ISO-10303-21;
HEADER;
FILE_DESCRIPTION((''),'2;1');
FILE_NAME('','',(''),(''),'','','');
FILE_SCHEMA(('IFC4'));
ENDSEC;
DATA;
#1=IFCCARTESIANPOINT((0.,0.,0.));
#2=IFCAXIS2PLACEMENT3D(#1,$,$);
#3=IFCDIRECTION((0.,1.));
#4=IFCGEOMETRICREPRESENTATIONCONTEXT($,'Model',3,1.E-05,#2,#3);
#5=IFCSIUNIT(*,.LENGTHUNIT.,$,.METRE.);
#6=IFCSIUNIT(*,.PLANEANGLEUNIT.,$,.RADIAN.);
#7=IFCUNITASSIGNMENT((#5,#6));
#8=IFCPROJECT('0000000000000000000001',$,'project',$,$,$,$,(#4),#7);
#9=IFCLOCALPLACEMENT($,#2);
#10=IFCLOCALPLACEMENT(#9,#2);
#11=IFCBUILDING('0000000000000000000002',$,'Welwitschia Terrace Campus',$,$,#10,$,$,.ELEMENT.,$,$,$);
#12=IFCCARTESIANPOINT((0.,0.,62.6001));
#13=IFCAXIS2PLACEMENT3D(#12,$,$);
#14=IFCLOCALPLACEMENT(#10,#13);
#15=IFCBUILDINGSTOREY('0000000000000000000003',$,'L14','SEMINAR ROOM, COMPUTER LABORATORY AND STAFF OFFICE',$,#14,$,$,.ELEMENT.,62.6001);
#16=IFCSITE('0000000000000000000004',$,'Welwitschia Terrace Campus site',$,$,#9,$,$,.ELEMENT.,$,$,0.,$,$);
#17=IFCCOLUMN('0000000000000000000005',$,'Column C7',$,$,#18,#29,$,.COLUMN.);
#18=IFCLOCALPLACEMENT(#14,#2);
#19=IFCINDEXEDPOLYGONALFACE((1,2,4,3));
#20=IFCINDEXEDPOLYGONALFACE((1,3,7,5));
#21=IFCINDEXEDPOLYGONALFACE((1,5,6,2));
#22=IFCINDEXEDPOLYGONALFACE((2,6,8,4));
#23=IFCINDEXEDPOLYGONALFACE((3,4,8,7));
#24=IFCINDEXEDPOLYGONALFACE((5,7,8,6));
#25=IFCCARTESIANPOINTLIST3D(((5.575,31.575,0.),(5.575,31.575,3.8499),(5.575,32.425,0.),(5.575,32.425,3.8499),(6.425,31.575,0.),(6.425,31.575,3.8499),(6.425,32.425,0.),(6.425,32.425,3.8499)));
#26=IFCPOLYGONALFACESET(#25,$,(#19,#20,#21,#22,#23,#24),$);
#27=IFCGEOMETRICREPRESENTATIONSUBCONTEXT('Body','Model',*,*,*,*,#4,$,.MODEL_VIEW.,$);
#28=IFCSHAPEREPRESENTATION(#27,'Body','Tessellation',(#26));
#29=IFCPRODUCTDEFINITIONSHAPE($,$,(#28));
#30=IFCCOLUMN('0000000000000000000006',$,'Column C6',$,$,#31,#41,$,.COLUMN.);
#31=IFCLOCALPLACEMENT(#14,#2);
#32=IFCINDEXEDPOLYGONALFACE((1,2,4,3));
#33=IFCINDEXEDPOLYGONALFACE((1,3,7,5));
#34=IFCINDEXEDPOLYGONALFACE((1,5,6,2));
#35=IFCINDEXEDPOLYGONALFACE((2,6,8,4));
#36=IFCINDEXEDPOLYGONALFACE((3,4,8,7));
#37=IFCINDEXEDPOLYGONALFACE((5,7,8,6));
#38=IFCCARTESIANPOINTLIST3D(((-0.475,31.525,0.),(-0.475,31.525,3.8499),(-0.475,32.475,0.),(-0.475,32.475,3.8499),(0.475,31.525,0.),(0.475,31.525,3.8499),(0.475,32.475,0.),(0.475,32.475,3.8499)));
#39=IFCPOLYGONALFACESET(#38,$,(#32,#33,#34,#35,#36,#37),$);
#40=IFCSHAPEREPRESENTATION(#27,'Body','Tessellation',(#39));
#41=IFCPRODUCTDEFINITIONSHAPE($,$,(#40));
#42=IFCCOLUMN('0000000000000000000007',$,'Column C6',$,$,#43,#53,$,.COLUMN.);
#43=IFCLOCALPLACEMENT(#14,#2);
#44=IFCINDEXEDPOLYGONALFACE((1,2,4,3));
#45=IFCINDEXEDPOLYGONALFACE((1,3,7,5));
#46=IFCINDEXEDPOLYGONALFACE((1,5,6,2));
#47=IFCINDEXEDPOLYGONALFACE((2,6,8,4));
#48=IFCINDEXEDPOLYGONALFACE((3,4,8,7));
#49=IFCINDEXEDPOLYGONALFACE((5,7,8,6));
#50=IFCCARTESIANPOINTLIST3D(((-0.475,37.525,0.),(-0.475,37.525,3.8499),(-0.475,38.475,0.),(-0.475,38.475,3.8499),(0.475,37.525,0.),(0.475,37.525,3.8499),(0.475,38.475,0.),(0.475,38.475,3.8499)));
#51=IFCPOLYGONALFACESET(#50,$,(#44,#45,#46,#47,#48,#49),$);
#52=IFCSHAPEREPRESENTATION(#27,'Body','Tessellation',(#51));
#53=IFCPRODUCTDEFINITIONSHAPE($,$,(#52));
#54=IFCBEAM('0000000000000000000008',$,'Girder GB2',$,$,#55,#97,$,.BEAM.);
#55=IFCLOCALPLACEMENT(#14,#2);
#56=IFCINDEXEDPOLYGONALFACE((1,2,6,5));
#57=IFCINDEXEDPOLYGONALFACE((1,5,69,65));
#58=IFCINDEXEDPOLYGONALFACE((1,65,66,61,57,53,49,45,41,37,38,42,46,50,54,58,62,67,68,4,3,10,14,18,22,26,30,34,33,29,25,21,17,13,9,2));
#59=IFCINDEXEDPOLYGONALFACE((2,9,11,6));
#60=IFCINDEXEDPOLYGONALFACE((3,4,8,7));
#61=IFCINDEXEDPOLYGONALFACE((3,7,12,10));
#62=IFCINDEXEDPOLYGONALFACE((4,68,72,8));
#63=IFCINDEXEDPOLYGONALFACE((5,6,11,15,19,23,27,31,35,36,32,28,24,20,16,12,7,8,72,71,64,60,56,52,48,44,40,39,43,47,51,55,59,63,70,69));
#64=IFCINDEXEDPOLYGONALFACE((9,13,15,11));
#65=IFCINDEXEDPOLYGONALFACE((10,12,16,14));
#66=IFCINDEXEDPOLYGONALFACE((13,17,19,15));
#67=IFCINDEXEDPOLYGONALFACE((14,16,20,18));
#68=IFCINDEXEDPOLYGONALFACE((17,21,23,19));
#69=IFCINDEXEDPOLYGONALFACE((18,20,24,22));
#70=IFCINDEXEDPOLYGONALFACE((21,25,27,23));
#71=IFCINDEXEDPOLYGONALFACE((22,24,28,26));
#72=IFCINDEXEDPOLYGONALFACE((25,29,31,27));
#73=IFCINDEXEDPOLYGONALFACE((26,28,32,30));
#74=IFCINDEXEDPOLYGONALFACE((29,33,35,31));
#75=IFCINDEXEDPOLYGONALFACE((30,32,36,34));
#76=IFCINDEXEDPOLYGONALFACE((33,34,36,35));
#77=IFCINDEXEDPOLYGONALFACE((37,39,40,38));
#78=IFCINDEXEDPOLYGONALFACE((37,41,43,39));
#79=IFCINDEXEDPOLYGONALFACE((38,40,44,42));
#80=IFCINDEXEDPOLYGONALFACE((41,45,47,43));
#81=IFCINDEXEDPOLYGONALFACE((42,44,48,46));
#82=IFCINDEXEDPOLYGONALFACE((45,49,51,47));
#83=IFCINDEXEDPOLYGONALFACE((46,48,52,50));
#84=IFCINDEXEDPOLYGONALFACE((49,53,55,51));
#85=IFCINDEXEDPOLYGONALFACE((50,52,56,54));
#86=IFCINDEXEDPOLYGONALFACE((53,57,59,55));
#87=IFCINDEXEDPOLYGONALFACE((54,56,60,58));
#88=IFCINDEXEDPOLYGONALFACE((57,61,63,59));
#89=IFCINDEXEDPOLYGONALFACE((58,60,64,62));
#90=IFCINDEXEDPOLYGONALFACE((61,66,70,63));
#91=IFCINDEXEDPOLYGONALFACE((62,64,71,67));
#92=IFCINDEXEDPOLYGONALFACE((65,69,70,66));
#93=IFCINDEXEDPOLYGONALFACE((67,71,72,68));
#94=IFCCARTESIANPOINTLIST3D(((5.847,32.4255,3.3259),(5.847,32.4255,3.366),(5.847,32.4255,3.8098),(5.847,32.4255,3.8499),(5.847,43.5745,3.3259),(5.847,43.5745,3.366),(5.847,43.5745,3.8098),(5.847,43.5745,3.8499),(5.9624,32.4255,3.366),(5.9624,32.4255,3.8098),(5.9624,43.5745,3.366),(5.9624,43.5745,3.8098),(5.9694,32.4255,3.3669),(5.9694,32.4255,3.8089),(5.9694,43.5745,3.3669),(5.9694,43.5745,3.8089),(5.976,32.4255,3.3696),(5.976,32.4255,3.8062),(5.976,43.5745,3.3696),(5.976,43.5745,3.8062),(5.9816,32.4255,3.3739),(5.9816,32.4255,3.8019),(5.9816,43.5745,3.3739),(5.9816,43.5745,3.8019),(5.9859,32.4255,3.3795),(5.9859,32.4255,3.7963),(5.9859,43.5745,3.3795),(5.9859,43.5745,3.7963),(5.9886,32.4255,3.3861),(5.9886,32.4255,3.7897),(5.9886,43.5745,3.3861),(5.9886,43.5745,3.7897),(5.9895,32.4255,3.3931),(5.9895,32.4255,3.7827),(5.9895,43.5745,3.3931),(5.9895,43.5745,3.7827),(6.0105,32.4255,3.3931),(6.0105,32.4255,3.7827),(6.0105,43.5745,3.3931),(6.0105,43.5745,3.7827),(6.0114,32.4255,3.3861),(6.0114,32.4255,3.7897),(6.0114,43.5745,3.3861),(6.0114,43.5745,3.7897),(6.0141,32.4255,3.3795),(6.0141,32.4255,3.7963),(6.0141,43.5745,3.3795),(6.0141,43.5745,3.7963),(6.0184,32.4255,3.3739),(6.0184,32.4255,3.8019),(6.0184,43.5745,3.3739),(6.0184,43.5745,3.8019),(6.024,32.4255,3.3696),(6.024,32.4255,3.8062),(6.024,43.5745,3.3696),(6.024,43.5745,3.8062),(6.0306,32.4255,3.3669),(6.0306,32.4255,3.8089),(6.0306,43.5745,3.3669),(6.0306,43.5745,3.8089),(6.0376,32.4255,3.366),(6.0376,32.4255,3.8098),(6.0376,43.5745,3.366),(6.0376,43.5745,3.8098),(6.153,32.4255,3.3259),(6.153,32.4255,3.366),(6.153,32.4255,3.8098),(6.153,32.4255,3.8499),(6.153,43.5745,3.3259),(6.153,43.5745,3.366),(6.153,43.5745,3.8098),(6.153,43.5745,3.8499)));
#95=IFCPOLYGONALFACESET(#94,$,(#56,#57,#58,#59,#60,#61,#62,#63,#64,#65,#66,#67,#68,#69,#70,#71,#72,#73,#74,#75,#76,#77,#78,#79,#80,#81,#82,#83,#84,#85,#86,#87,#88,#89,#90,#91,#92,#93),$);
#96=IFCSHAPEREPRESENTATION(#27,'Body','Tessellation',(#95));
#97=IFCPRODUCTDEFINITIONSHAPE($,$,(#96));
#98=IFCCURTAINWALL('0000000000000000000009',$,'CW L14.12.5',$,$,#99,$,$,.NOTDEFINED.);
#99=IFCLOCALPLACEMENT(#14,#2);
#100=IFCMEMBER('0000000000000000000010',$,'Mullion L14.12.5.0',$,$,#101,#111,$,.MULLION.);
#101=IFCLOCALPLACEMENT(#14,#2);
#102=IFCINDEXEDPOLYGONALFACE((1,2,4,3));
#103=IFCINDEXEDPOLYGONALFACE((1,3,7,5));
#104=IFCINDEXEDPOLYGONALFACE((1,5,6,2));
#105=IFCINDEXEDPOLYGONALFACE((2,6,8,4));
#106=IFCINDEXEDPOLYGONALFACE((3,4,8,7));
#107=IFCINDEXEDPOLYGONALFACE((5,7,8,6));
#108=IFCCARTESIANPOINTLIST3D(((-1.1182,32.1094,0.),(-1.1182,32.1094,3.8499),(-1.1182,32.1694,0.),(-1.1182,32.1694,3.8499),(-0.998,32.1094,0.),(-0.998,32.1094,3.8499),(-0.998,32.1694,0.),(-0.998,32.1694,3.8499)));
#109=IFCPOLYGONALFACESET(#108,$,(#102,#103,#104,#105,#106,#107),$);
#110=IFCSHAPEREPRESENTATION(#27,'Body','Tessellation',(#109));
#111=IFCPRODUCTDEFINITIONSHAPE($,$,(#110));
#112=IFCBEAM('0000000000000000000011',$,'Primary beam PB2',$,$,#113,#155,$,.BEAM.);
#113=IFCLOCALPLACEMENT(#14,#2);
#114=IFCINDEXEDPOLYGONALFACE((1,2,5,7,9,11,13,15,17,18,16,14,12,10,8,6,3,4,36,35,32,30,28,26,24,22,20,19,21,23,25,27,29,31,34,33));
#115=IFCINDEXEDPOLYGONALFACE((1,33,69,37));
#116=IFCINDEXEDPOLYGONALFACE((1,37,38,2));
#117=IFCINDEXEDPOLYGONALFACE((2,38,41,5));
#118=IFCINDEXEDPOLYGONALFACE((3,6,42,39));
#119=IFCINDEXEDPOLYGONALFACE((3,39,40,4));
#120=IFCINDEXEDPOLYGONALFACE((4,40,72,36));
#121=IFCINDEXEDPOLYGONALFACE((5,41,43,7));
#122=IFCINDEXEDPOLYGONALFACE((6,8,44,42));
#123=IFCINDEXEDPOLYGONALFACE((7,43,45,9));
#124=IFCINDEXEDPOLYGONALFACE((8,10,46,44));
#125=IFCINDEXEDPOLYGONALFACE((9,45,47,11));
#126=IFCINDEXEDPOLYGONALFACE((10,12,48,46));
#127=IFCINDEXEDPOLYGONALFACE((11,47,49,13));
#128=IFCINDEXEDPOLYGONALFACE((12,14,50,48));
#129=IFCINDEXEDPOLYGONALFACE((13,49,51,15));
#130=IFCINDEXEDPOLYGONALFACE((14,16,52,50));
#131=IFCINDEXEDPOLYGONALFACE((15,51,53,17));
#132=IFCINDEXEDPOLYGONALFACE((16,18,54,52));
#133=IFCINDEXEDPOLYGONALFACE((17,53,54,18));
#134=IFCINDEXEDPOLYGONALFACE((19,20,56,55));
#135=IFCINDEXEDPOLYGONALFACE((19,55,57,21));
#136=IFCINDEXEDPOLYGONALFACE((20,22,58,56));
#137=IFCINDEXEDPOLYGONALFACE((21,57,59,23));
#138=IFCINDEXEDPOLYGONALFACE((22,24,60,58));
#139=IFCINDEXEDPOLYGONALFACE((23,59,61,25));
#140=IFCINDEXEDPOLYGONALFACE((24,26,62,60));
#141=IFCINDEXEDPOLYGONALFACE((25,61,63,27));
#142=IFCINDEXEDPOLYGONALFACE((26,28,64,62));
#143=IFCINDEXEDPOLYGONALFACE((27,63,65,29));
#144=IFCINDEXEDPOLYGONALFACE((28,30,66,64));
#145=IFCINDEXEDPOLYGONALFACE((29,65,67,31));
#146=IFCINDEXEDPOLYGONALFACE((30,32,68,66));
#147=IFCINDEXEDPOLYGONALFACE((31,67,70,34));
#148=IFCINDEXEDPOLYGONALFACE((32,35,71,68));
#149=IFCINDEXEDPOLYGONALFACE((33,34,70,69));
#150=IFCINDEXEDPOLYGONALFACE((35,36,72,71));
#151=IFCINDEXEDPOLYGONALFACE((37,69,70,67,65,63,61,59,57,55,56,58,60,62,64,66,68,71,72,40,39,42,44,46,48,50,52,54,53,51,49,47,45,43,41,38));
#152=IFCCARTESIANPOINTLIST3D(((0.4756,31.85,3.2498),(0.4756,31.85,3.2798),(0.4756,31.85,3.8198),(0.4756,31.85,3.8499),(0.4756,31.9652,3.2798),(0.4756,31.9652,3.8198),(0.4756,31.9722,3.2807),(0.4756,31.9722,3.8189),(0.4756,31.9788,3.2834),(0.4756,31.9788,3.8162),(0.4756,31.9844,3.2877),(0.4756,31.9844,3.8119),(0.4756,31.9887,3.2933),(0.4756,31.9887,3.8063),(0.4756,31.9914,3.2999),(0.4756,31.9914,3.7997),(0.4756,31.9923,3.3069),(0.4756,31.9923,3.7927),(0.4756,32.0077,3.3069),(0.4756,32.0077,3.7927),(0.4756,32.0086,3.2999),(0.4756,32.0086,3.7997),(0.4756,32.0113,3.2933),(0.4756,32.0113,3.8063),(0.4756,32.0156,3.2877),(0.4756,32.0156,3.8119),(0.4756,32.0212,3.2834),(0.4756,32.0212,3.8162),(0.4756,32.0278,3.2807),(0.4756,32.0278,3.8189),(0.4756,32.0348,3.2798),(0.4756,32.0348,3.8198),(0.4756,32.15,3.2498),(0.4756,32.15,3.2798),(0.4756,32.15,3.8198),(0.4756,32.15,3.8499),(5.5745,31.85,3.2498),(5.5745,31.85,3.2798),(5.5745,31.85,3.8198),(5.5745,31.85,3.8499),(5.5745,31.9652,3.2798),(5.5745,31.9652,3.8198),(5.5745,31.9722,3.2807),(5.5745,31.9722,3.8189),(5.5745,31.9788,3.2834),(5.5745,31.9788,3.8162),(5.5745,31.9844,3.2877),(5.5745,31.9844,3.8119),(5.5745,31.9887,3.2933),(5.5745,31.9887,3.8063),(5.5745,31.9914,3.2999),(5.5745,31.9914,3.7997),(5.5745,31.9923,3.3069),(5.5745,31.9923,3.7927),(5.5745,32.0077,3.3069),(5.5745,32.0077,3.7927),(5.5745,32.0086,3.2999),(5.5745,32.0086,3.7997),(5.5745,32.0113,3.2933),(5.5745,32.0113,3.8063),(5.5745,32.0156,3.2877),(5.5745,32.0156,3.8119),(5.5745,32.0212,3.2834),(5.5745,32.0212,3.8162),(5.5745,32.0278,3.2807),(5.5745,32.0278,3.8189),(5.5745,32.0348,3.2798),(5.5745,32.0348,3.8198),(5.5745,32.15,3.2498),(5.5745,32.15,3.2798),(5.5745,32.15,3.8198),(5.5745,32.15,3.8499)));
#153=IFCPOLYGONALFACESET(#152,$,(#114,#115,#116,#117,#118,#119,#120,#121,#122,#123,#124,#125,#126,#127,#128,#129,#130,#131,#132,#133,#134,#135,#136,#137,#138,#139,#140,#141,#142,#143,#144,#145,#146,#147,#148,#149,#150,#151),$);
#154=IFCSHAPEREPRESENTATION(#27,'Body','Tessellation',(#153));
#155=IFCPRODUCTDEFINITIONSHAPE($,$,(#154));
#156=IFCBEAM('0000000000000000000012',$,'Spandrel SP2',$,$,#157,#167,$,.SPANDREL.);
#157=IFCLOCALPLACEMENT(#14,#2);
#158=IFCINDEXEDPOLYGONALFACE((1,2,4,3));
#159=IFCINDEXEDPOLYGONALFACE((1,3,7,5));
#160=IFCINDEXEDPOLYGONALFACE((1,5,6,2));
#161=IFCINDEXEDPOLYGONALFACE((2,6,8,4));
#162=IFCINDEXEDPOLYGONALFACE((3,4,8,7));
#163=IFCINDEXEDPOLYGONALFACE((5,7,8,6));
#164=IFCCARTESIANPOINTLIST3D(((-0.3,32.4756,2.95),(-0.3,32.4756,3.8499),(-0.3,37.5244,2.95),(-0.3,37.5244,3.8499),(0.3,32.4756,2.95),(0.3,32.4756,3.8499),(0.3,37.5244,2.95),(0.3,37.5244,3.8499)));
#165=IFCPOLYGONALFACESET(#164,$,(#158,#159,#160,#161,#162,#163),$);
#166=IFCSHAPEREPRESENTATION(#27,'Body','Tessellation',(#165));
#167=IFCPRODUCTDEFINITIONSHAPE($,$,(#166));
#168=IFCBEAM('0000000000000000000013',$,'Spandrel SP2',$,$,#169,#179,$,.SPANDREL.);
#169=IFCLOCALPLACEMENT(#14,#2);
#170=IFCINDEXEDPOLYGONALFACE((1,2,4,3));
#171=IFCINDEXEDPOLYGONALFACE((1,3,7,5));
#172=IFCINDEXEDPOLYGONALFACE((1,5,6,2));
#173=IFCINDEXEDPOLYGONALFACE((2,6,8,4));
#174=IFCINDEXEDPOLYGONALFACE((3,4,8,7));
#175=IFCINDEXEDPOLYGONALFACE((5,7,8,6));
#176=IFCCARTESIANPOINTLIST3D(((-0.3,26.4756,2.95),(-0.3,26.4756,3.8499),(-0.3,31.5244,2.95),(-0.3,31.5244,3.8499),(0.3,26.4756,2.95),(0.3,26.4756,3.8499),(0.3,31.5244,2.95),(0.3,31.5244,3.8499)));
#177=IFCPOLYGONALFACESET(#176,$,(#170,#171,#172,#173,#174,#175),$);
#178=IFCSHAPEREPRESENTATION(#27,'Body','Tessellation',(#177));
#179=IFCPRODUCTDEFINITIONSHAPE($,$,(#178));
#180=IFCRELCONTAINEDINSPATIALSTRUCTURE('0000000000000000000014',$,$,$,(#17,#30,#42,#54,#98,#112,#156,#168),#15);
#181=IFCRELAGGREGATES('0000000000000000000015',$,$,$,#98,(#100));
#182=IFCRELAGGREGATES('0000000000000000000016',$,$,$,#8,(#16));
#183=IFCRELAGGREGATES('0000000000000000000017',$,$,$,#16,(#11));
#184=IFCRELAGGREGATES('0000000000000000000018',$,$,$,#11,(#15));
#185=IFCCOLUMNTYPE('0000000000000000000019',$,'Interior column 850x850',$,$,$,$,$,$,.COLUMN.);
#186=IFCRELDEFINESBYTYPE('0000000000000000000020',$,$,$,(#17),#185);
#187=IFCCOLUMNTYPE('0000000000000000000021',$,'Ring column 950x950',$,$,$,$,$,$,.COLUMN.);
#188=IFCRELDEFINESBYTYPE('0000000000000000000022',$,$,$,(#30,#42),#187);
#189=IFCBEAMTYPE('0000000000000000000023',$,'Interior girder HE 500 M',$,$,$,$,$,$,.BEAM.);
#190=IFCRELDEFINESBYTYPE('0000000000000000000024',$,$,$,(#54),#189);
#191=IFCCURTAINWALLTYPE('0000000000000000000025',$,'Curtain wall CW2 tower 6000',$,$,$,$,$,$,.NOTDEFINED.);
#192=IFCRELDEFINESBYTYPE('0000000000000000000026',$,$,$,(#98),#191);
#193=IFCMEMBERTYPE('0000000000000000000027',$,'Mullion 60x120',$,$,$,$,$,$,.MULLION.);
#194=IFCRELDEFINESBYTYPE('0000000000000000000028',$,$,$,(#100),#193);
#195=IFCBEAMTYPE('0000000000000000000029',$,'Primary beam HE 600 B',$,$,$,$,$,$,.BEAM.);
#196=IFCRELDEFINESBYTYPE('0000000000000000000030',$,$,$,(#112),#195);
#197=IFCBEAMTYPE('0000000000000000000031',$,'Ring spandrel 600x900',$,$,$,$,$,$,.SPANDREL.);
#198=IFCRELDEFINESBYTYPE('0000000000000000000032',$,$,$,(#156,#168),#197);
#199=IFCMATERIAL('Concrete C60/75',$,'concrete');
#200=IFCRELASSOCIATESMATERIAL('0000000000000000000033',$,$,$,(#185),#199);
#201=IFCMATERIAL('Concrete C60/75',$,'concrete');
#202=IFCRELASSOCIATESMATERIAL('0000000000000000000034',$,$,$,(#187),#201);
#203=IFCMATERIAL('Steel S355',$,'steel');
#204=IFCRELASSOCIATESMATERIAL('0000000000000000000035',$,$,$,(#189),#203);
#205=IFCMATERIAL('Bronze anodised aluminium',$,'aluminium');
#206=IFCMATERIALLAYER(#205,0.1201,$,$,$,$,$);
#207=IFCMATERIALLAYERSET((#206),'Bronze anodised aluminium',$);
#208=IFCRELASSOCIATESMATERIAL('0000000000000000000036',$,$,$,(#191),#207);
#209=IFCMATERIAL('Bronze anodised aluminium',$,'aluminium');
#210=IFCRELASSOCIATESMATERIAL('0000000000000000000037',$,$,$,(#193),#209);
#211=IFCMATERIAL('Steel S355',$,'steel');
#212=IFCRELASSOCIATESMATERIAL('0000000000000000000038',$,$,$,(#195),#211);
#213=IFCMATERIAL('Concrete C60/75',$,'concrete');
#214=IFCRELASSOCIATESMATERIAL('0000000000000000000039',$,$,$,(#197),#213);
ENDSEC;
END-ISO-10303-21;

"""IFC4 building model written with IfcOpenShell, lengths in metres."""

from ifc_helpers import new_model, si_unit, direction, frame, origin, origin_2d, place, context, subcontext, project, spatial, rectangle, i_section, extrude, material, layer, layer_set, material_profile, profile_set, type_object, element, aggregate, save


model = new_model("IFC4")

# Units and contexts
model_context = context("Model", 3, precision=1e-05, world=origin(), true_north=direction((0.0, 1.0)))
body_context = subcontext(model_context, "Body", "Model", "MODEL_VIEW")
ifc_project = project(units=[si_unit("LENGTHUNIT", "METRE"), si_unit("PLANEANGLEUNIT", "RADIAN")], contexts=[model_context])

# Site, building, storey
site_placement = place(None, origin())
site = spatial("IfcSite", under=ifc_project, at=site_placement, Name="Welwitschia Terrace Campus site", CompositionType="ELEMENT", RefElevation=0.0)
building_placement = place(site_placement, origin())
building = spatial("IfcBuilding", under=site, at=building_placement, Name="Welwitschia Terrace Campus", CompositionType="ELEMENT")
storey_placement = place(building_placement, frame((0.0, 0.0, 62.6001)))
storey = spatial("IfcBuildingStorey", under=building, at=storey_placement, Name="L14", Description="SEMINAR ROOM, COMPUTER LABORATORY AND STAFF OFFICE", CompositionType="ELEMENT", Elevation=62.6001)

# Columns
ifc_material_1 = material(Name="Concrete C60/75", Category="concrete")
ifc_material_profile_1 = material_profile(ifc_material_1, rectangle(XDim=0.8501, YDim=0.8501, at=origin_2d()))
ifc_profile_set_1 = profile_set([ifc_material_profile_1], Name="Concrete C60/75")
column_type_1 = type_object("IfcColumnType", Name="Interior column 850x850", PredefinedType="COLUMN", material=ifc_profile_set_1)
column_placement = place(storey_placement, frame((6.0, 32.0, 0.0), z_axis=(0.0, 0.0, 1.0), x_axis=(1.0, 0.0, 0.0)))
element("IfcColumn", 1, at=column_placement, inside=storey, type_object=column_type_1, Name="Column C7", PredefinedType="COLUMN", context=body_context, shape_type="SweptSolid", body=[
    extrude(rectangle(XDim=0.8501, YDim=0.8501, at=origin_2d()), origin(), (0.0, 0.0, 1.0), 3.8499),
])
ifc_material_2 = material(Name="Concrete C60/75", Category="concrete")
ifc_material_profile_2 = material_profile(ifc_material_2, rectangle(XDim=0.95, YDim=0.95, at=origin_2d()))
ifc_profile_set_2 = profile_set([ifc_material_profile_2], Name="Concrete C60/75")
column_type_2 = type_object("IfcColumnType", Name="Ring column 950x950", PredefinedType="COLUMN", material=ifc_profile_set_2)
for number, where, z_axis, x_axis, name in (
    (2, (0.0, 32.0, 0.0), (0.0, 0.0, 1.0), (1.0, 0.0, 0.0), "Column C6"),
    (3, (0.0, 38.0, 0.0), (0.0, 0.0, 1.0), (1.0, 0.0, 0.0), "Column C6"),
):
    element("IfcColumn", number, at=place(storey_placement, frame(where, z_axis=z_axis, x_axis=x_axis)), inside=storey, type_object=column_type_2, Name=name, PredefinedType="COLUMN", context=body_context, shape_type="SweptSolid", body=[
        extrude(rectangle(XDim=0.95, YDim=0.95, at=origin_2d()), origin(), (0.0, 0.0, 1.0), 3.8499),
    ])

# Beam
ifc_material_3 = material(Name="Steel S355", Category="steel")
ifc_material_profile_3 = material_profile(ifc_material_3, i_section(OverallWidth=0.3059, OverallDepth=0.5239, WebThickness=0.021, FlangeThickness=0.04, FilletRadius=0.0271, at=origin_2d()))
ifc_profile_set_3 = profile_set([ifc_material_profile_3], Name="Steel S355")
beam_type_1 = type_object("IfcBeamType", Name="Interior girder HE 500 M", PredefinedType="BEAM", material=ifc_profile_set_3)
beam_1_placement = place(storey_placement, frame((6.0, 32.4255, 3.5879), z_axis=(0.0, 1.0, 0.0), x_axis=(-1.0, 0.0, 0.0)))
element("IfcBeam", 4, at=beam_1_placement, inside=storey, type_object=beam_type_1, Name="Girder GB2", PredefinedType="BEAM", context=body_context, shape_type="SweptSolid", body=[
    extrude(i_section(OverallWidth=0.3059, OverallDepth=0.5239, WebThickness=0.021, FlangeThickness=0.04, FilletRadius=0.0271, at=origin_2d()), origin(), (0.0, 0.0, 1.0), 11.1489),
])

# Curtain wall, member
ifc_material_4 = material(Name="Bronze anodised aluminium", Category="aluminium")
ifc_layer_1 = layer(ifc_material_4, 0.1201)
ifc_layer_set_1 = layer_set([ifc_layer_1], Name="Bronze anodised aluminium")
curtain_wall_type = type_object("IfcCurtainWallType", Name="Curtain wall CW2 tower 6000", PredefinedType="NOTDEFINED", material=ifc_layer_set_1)
curtain_wall_placement = place(storey_placement, origin())
curtain_wall = element("IfcCurtainWall", 5, at=curtain_wall_placement, inside=storey, type_object=curtain_wall_type, Name="CW L14.12.5", PredefinedType="NOTDEFINED")
ifc_material_5 = material(Name="Bronze anodised aluminium", Category="aluminium")
ifc_material_profile_4 = material_profile(ifc_material_5, rectangle(XDim=0.1201, YDim=0.0601, at=origin_2d()))
ifc_profile_set_4 = profile_set([ifc_material_profile_4], Name="Bronze anodised aluminium")
member_type_1 = type_object("IfcMemberType", Name="Mullion 60x120", PredefinedType="MULLION", material=ifc_profile_set_4)
member_1_placement = place(storey_placement, frame((-1.0581, 32.1394, 0.0), z_axis=(0.0, 0.0, 1.0), x_axis=(1.0, 0.0, 0.0)))
member_1 = element("IfcMember", 6, at=member_1_placement, type_object=member_type_1, Name="Mullion L14.12.5.0", PredefinedType="MULLION", context=body_context, shape_type="SweptSolid", body=[
    extrude(rectangle(XDim=0.1201, YDim=0.0601, at=origin_2d()), origin(), (0.0, 0.0, 1.0), 3.8499),
])

# Beams
ifc_material_6 = material(Name="Steel S355", Category="steel")
ifc_material_profile_5 = material_profile(ifc_material_6, i_section(OverallWidth=0.3, OverallDepth=0.6001, WebThickness=0.0154, FlangeThickness=0.03, FilletRadius=0.0271, at=origin_2d()))
ifc_profile_set_5 = profile_set([ifc_material_profile_5], Name="Steel S355")
beam_type_2 = type_object("IfcBeamType", Name="Primary beam HE 600 B", PredefinedType="BEAM", material=ifc_profile_set_5)
beam_2_placement = place(storey_placement, frame((0.4756, 32.0, 3.5498), z_axis=(1.0, 0.0, 0.0), x_axis=(0.0, 1.0, 0.0)))
element("IfcBeam", 7, at=beam_2_placement, inside=storey, type_object=beam_type_2, Name="Primary beam PB2", PredefinedType="BEAM", context=body_context, shape_type="SweptSolid", body=[
    extrude(i_section(OverallWidth=0.3, OverallDepth=0.6001, WebThickness=0.0154, FlangeThickness=0.03, FilletRadius=0.0271, at=origin_2d()), origin(), (0.0, 0.0, 1.0), 5.0989),
])
ifc_material_7 = material(Name="Concrete C60/75", Category="concrete")
ifc_material_profile_6 = material_profile(ifc_material_7, rectangle(XDim=0.6001, YDim=0.8999, at=origin_2d()))
ifc_profile_set_6 = profile_set([ifc_material_profile_6], Name="Concrete C60/75")
beam_type_3 = type_object("IfcBeamType", Name="Ring spandrel 600x900", PredefinedType="SPANDREL", material=ifc_profile_set_6)
for number, where, z_axis, x_axis, name in (
    (8, (0.0, 37.5244, 3.3999), (0.0, -1.0, 0.0), (1.0, 0.0, 0.0), "Spandrel SP2"),
    (9, (0.0, 31.5244, 3.3999), (0.0, -1.0, 0.0), (1.0, 0.0, 0.0), "Spandrel SP2"),
):
    element("IfcBeam", number, at=place(storey_placement, frame(where, z_axis=z_axis, x_axis=x_axis)), inside=storey, type_object=beam_type_3, Name=name, PredefinedType="SPANDREL", context=body_context, shape_type="SweptSolid", body=[
        extrude(rectangle(XDim=0.6001, YDim=0.8999, at=origin_2d()), origin(), (0.0, 0.0, 1.0), 5.0488),
    ])

aggregate(curtain_wall, [member_1])

save(model, "model.ifc")
